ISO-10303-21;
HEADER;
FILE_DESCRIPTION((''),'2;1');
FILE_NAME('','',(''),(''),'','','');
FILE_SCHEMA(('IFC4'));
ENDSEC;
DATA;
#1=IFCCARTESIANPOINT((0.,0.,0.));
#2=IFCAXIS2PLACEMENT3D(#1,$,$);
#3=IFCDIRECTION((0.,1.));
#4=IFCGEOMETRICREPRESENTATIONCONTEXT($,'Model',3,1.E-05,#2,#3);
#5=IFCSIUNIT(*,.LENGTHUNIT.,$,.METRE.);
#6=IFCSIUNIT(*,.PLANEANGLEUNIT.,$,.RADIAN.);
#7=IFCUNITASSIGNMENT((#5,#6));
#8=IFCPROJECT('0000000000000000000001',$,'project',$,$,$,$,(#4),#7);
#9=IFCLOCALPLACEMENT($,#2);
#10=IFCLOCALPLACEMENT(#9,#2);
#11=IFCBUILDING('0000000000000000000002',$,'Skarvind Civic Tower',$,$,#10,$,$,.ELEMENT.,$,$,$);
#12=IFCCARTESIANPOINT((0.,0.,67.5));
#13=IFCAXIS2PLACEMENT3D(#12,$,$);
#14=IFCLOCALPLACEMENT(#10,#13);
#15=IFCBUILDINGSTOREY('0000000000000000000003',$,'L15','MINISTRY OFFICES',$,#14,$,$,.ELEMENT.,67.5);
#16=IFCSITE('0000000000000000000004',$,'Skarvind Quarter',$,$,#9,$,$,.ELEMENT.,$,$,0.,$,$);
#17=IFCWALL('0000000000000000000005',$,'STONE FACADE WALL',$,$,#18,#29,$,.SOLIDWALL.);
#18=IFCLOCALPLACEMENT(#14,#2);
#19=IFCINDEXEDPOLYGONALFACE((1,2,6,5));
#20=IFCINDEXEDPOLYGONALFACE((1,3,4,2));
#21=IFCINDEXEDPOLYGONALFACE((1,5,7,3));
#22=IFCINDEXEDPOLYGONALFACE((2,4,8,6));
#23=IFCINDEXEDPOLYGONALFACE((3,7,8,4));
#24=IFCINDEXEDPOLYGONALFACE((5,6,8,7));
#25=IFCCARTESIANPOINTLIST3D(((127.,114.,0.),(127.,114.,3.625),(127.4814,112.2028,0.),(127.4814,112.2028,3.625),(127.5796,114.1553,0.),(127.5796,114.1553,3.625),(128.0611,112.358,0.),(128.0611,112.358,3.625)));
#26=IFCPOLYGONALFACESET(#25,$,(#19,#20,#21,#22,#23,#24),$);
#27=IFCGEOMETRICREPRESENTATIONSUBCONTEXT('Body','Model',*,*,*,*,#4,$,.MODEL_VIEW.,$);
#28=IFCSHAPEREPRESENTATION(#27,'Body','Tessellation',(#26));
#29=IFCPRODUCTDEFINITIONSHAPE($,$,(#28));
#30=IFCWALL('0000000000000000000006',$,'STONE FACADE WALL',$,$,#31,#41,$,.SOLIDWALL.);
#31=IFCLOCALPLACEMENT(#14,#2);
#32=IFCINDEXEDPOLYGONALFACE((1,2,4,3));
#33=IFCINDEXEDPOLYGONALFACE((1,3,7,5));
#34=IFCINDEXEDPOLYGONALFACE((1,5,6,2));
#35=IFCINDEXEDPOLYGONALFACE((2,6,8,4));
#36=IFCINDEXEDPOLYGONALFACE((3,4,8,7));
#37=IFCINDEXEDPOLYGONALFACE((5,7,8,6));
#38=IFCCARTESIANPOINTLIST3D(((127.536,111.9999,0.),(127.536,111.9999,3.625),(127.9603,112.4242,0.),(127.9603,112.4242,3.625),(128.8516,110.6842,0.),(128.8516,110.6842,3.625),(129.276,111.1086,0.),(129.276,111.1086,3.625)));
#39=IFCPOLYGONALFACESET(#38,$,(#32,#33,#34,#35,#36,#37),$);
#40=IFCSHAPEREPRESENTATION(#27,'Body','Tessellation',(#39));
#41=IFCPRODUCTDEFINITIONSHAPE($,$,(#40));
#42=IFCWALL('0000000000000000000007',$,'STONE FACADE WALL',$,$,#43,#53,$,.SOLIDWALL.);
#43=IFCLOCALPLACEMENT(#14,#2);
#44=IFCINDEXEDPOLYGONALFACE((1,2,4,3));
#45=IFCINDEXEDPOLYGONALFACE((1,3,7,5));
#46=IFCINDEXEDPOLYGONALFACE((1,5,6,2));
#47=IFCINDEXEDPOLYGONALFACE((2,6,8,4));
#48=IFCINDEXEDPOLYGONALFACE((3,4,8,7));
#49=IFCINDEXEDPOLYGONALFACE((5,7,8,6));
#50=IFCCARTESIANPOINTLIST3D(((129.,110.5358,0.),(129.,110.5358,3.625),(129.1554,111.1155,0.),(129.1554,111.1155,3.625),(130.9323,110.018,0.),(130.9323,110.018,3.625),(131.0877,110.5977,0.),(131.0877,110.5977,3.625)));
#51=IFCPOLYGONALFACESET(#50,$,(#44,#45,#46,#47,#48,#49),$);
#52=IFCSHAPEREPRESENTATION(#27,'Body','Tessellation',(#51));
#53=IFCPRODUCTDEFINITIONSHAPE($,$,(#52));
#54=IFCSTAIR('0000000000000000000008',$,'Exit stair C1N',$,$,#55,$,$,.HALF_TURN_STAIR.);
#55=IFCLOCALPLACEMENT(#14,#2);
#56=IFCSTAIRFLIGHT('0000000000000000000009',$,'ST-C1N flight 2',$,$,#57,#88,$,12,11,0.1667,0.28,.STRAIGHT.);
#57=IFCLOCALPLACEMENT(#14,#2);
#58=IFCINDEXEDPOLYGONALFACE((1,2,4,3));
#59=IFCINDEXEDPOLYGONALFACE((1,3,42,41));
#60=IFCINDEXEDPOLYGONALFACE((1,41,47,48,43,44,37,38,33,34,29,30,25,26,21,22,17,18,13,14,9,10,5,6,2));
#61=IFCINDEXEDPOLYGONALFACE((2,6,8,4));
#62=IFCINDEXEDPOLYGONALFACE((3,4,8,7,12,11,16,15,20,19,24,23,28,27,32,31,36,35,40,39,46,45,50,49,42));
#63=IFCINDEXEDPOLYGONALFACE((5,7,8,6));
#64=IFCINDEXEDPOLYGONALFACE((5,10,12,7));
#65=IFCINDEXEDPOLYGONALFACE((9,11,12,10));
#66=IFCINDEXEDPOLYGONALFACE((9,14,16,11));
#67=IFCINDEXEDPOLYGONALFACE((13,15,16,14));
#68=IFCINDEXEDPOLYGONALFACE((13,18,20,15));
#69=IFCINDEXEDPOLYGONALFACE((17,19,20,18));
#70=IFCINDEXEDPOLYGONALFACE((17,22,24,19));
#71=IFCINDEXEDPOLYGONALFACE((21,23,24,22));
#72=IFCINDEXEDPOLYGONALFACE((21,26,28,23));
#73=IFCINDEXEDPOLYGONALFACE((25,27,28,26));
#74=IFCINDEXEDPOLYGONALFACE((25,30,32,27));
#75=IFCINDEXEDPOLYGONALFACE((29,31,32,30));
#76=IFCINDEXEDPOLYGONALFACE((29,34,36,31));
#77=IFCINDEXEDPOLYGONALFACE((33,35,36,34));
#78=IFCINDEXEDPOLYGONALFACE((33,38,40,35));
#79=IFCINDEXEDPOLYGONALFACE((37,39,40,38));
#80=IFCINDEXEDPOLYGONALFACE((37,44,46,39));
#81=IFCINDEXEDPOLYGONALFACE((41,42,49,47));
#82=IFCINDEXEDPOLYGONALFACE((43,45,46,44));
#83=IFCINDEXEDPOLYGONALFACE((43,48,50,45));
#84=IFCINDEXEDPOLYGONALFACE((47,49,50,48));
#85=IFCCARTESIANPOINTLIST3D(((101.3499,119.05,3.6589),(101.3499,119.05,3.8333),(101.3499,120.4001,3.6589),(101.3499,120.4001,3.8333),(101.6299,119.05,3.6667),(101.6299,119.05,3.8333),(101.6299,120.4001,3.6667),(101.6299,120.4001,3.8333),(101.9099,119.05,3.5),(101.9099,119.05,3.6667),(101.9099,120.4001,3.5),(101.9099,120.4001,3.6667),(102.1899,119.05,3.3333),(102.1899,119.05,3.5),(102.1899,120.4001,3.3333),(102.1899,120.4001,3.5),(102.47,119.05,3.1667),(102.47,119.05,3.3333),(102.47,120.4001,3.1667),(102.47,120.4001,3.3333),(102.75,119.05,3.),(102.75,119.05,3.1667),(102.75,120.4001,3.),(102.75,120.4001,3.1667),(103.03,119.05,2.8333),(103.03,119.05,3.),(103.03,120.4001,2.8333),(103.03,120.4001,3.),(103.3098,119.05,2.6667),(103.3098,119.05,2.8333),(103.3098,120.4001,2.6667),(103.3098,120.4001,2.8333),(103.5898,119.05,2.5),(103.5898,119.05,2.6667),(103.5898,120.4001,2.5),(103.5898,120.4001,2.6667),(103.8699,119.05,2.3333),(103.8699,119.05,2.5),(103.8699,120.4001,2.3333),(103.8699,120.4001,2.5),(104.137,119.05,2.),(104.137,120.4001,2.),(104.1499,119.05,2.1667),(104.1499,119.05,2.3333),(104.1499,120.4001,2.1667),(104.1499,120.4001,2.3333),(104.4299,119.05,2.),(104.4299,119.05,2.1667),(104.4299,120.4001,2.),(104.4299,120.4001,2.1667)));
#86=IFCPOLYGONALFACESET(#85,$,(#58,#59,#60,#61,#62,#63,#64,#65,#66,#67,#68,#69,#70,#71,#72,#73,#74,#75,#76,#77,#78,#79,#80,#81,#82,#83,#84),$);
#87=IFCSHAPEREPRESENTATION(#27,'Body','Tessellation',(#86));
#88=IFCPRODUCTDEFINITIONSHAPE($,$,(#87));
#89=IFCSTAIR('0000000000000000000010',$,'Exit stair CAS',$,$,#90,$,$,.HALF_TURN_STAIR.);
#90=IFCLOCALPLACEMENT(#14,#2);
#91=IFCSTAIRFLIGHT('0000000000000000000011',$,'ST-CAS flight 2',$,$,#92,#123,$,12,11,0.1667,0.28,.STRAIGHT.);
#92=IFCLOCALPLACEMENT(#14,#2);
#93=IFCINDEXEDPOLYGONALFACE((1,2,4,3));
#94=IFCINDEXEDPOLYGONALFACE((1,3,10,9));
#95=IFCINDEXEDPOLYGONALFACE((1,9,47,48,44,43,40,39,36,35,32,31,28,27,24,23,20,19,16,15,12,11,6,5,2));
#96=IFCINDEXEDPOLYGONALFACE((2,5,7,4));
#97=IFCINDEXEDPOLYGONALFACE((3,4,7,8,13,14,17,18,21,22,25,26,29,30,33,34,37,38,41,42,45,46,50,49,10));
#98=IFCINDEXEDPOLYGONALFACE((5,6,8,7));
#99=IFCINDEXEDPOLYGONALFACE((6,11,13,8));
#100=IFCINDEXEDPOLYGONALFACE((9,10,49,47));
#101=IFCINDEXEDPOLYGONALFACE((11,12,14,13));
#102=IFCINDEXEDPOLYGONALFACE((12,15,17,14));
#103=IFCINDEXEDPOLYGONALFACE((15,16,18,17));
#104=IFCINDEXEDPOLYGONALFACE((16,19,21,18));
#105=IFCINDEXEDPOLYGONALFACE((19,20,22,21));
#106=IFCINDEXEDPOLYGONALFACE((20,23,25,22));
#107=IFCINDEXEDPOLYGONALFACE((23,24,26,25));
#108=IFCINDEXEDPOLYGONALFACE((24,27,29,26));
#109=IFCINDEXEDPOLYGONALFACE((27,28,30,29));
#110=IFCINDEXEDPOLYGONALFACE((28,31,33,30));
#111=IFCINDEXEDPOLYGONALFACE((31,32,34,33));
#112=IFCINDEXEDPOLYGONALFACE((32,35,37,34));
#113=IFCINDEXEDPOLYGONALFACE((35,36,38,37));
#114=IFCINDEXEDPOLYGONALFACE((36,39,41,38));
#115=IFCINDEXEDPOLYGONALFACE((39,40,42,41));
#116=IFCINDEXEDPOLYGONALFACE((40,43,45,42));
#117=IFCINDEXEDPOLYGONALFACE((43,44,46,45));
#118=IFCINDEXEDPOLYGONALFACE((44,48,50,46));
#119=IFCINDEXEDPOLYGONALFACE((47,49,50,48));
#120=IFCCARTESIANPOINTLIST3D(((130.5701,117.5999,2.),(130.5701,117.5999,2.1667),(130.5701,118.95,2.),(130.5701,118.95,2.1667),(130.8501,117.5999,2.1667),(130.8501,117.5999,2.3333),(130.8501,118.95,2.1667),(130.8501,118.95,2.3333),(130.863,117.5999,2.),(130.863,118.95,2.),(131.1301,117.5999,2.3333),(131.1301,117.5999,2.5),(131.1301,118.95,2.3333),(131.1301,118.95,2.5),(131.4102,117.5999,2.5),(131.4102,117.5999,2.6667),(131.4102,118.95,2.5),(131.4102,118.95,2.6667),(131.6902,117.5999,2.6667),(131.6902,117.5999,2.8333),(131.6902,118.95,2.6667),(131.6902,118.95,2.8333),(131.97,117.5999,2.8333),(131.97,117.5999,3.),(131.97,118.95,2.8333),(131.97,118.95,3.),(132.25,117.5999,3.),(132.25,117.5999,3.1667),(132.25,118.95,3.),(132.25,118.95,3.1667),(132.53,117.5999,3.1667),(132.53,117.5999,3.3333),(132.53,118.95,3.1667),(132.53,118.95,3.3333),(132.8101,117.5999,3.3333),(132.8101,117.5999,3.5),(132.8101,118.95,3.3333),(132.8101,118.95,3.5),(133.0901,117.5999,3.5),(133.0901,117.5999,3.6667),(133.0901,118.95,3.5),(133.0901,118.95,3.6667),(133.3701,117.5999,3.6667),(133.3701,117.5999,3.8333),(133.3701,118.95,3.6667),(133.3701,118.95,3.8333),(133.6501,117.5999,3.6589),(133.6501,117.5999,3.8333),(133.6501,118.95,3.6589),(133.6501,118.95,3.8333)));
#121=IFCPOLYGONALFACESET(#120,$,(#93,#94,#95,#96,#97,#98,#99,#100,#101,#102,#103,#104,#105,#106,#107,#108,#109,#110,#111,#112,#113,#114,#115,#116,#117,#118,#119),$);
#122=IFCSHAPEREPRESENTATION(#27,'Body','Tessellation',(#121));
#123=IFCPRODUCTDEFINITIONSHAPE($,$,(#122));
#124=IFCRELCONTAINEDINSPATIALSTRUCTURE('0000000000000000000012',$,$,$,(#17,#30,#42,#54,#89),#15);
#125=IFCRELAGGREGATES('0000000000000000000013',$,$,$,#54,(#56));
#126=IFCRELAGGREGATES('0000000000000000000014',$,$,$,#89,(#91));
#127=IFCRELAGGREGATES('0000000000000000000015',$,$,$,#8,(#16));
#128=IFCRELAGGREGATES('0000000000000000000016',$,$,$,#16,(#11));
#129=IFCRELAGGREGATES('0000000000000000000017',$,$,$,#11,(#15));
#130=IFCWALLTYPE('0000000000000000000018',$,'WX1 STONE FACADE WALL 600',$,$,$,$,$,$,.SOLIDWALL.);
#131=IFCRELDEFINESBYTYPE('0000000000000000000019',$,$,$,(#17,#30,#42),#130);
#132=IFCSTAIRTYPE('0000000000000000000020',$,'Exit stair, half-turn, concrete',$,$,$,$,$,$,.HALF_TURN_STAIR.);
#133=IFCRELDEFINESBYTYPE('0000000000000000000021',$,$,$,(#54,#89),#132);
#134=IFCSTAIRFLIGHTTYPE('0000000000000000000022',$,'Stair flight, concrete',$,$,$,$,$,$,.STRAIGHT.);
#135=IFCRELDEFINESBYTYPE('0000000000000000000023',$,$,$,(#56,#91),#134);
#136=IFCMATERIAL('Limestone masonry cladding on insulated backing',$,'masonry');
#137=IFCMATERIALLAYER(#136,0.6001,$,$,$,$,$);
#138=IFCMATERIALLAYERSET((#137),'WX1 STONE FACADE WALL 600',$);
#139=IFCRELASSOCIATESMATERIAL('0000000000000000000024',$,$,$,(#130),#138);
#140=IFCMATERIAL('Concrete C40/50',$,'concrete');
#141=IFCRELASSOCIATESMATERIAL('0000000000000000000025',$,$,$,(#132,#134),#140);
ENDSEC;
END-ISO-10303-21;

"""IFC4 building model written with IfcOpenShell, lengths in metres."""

from ifc_helpers import new_model, si_unit, direction, frame, frame_2d, origin, place, context, subcontext, project, spatial, polyline, rectangle, outline, extrude, material, layer, layer_set, type_object, element, aggregate, save


model = new_model("IFC4")

# Units and contexts
model_context = context("Model", 3, precision=1e-05, world=origin(), true_north=direction((0.0, 1.0)))
body_context = subcontext(model_context, "Body", "Model", "MODEL_VIEW")
ifc_project = project(units=[si_unit("LENGTHUNIT", "METRE"), si_unit("PLANEANGLEUNIT", "RADIAN")], contexts=[model_context])

# Site, building, storey
site_placement = place(None, origin())
site = spatial("IfcSite", under=ifc_project, at=site_placement, Name="Skarvind Quarter", CompositionType="ELEMENT", RefElevation=0.0)
building_placement = place(site_placement, origin())
building = spatial("IfcBuilding", under=site, at=building_placement, Name="Skarvind Civic Tower", CompositionType="ELEMENT")
storey_placement = place(building_placement, frame((0.0, 0.0, 67.5)))
storey = spatial("IfcBuildingStorey", under=building, at=storey_placement, Name="L15", Description="MINISTRY OFFICES", CompositionType="ELEMENT", Elevation=67.5)

# Walls
ifc_material_1 = material(Name="Limestone masonry cladding on insulated backing", Category="masonry")
ifc_layer_1 = layer(ifc_material_1, 0.6001)
ifc_layer_set_1 = layer_set([ifc_layer_1], Name="WX1 STONE FACADE WALL 600")
wall_type_1 = type_object("IfcWallType", Name="WX1 STONE FACADE WALL 600", PredefinedType="SOLIDWALL", material=ifc_layer_set_1)
for number, where, z_axis, x_axis, name in (
    (1, (127.7712, 112.2805, 0.0), (0.0, 0.0, 1.0), (-0.258773, 0.965938, 0.0), "STONE FACADE WALL"),
    (2, (129.0637, 110.8965, 0.0), (0.0, 0.0, 1.0), (-0.707107, 0.707107, 0.0), "STONE FACADE WALL"),
):
    element("IfcWall", number, at=place(storey_placement, frame(where, z_axis=z_axis, x_axis=x_axis)), inside=storey, type_object=wall_type_1, Name=name, PredefinedType="SOLIDWALL", context=body_context, shape_type="SweptSolid", body=[
        extrude(rectangle(XDim=1.8606, YDim=0.6001, at=frame_2d((0.9302, 0.0))), origin(), (0.0, 0.0, 1.0), 3.625),
    ])
wall_1_placement = place(storey_placement, frame((131.01, 110.3079, 0.0), z_axis=(0.0, 0.0, 1.0), x_axis=(-0.96592, 0.25884, 0.0)))
element("IfcWall", 3, at=wall_1_placement, inside=storey, type_object=wall_type_1, Name="STONE FACADE WALL", PredefinedType="SOLIDWALL", context=body_context, shape_type="SweptSolid", body=[
    extrude(rectangle(XDim=2.0005, YDim=0.6001, at=frame_2d((1.0002, 0.0))), origin(), (0.0, 0.0, 1.0), 3.625),
])

# Stairs, stair flights
ifc_material_2 = material(Name="Concrete C40/50", Category="concrete")
stair_type = type_object("IfcStairType", Name="Exit stair, half-turn, concrete", PredefinedType="HALF_TURN_STAIR", material=ifc_material_2)
stair_1_placement = place(storey_placement, origin())
stair_1 = element("IfcStair", 4, at=stair_1_placement, inside=storey, type_object=stair_type, Name="Exit stair C1N", PredefinedType="HALF_TURN_STAIR")
stair_flight_type = type_object("IfcStairFlightType", Name="Stair flight, concrete", PredefinedType="STRAIGHT", material=ifc_material_2)
stair_flight_1_placement = place(storey_placement, frame((104.4299, 119.7251, 2.0), z_axis=(0.0, 0.0, 1.0), x_axis=(-1.0, 0.0, 0.0)))
stair_flight_1 = element("IfcStairFlight", 5, at=stair_flight_1_placement, type_object=stair_flight_type, Name="ST-C1N flight 2", NumberOfRisers=12, NumberOfTreads=11, PredefinedType="STRAIGHT", RiserHeight=0.1667, TreadLength=0.28, context=body_context, shape_type="SweptSolid", body=[
    extrude(outline(polyline([(0.0, 0.0), (0.0, 0.1667), (0.28, 0.1667), (0.28, 0.3333), (0.5601, 0.3333), (0.5601, 0.5), (0.8401, 0.5), (0.8401, 0.6667), (1.1201, 0.6667), (1.1201, 0.8333), (1.3999, 0.8333), (1.3999, 1.0), (1.6799, 1.0), (1.6799, 1.1667), (1.96, 1.1667), (1.96, 1.3333), (2.24, 1.3333), (2.24, 1.5), (2.52, 1.5), (2.52, 1.6667), (2.8, 1.6667), (2.8, 1.8333), (3.0801, 1.8333), (3.0801, 2.0), (3.0801, 1.6589), (0.293, 0.0), (0.0, 0.0)])), frame((0.0, 0.675, 0.0), z_axis=(0.0, -1.0, 0.0), x_axis=(1.0, 0.0, 0.0)), (0.0, 0.0, 1.0), 1.3501),
])
aggregate(stair_1, [stair_flight_1])
stair_2_placement = place(storey_placement, origin())
stair_2 = element("IfcStair", 6, at=stair_2_placement, inside=storey, type_object=stair_type, Name="Exit stair CAS", PredefinedType="HALF_TURN_STAIR")
stair_flight_2_placement = place(storey_placement, frame((130.5701, 118.2749, 2.0), z_axis=(0.0, 0.0, 1.0), x_axis=(1.0, 0.0, 0.0)))
stair_flight_2 = element("IfcStairFlight", 7, at=stair_flight_2_placement, type_object=stair_flight_type, Name="ST-CAS flight 2", NumberOfRisers=12, NumberOfTreads=11, PredefinedType="STRAIGHT", RiserHeight=0.1667, TreadLength=0.28, context=body_context, shape_type="SweptSolid", body=[
    extrude(outline(polyline([(0.0, 0.0), (0.0, 0.1667), (0.28, 0.1667), (0.28, 0.3333), (0.5601, 0.3333), (0.5601, 0.5), (0.8401, 0.5), (0.8401, 0.6667), (1.1201, 0.6667), (1.1201, 0.8333), (1.3999, 0.8333), (1.3999, 1.0), (1.6799, 1.0), (1.6799, 1.1667), (1.96, 1.1667), (1.96, 1.3333), (2.24, 1.3333), (2.24, 1.5), (2.52, 1.5), (2.52, 1.6667), (2.8, 1.6667), (2.8, 1.8333), (3.0801, 1.8333), (3.0801, 2.0), (3.0801, 1.6589), (0.293, 0.0), (0.0, 0.0)])), frame((0.0, 0.675, 0.0), z_axis=(0.0, -1.0, 0.0), x_axis=(1.0, 0.0, 0.0)), (0.0, 0.0, 1.0), 1.3501),
])
aggregate(stair_2, [stair_flight_2])

save(model, "model.ifc")
